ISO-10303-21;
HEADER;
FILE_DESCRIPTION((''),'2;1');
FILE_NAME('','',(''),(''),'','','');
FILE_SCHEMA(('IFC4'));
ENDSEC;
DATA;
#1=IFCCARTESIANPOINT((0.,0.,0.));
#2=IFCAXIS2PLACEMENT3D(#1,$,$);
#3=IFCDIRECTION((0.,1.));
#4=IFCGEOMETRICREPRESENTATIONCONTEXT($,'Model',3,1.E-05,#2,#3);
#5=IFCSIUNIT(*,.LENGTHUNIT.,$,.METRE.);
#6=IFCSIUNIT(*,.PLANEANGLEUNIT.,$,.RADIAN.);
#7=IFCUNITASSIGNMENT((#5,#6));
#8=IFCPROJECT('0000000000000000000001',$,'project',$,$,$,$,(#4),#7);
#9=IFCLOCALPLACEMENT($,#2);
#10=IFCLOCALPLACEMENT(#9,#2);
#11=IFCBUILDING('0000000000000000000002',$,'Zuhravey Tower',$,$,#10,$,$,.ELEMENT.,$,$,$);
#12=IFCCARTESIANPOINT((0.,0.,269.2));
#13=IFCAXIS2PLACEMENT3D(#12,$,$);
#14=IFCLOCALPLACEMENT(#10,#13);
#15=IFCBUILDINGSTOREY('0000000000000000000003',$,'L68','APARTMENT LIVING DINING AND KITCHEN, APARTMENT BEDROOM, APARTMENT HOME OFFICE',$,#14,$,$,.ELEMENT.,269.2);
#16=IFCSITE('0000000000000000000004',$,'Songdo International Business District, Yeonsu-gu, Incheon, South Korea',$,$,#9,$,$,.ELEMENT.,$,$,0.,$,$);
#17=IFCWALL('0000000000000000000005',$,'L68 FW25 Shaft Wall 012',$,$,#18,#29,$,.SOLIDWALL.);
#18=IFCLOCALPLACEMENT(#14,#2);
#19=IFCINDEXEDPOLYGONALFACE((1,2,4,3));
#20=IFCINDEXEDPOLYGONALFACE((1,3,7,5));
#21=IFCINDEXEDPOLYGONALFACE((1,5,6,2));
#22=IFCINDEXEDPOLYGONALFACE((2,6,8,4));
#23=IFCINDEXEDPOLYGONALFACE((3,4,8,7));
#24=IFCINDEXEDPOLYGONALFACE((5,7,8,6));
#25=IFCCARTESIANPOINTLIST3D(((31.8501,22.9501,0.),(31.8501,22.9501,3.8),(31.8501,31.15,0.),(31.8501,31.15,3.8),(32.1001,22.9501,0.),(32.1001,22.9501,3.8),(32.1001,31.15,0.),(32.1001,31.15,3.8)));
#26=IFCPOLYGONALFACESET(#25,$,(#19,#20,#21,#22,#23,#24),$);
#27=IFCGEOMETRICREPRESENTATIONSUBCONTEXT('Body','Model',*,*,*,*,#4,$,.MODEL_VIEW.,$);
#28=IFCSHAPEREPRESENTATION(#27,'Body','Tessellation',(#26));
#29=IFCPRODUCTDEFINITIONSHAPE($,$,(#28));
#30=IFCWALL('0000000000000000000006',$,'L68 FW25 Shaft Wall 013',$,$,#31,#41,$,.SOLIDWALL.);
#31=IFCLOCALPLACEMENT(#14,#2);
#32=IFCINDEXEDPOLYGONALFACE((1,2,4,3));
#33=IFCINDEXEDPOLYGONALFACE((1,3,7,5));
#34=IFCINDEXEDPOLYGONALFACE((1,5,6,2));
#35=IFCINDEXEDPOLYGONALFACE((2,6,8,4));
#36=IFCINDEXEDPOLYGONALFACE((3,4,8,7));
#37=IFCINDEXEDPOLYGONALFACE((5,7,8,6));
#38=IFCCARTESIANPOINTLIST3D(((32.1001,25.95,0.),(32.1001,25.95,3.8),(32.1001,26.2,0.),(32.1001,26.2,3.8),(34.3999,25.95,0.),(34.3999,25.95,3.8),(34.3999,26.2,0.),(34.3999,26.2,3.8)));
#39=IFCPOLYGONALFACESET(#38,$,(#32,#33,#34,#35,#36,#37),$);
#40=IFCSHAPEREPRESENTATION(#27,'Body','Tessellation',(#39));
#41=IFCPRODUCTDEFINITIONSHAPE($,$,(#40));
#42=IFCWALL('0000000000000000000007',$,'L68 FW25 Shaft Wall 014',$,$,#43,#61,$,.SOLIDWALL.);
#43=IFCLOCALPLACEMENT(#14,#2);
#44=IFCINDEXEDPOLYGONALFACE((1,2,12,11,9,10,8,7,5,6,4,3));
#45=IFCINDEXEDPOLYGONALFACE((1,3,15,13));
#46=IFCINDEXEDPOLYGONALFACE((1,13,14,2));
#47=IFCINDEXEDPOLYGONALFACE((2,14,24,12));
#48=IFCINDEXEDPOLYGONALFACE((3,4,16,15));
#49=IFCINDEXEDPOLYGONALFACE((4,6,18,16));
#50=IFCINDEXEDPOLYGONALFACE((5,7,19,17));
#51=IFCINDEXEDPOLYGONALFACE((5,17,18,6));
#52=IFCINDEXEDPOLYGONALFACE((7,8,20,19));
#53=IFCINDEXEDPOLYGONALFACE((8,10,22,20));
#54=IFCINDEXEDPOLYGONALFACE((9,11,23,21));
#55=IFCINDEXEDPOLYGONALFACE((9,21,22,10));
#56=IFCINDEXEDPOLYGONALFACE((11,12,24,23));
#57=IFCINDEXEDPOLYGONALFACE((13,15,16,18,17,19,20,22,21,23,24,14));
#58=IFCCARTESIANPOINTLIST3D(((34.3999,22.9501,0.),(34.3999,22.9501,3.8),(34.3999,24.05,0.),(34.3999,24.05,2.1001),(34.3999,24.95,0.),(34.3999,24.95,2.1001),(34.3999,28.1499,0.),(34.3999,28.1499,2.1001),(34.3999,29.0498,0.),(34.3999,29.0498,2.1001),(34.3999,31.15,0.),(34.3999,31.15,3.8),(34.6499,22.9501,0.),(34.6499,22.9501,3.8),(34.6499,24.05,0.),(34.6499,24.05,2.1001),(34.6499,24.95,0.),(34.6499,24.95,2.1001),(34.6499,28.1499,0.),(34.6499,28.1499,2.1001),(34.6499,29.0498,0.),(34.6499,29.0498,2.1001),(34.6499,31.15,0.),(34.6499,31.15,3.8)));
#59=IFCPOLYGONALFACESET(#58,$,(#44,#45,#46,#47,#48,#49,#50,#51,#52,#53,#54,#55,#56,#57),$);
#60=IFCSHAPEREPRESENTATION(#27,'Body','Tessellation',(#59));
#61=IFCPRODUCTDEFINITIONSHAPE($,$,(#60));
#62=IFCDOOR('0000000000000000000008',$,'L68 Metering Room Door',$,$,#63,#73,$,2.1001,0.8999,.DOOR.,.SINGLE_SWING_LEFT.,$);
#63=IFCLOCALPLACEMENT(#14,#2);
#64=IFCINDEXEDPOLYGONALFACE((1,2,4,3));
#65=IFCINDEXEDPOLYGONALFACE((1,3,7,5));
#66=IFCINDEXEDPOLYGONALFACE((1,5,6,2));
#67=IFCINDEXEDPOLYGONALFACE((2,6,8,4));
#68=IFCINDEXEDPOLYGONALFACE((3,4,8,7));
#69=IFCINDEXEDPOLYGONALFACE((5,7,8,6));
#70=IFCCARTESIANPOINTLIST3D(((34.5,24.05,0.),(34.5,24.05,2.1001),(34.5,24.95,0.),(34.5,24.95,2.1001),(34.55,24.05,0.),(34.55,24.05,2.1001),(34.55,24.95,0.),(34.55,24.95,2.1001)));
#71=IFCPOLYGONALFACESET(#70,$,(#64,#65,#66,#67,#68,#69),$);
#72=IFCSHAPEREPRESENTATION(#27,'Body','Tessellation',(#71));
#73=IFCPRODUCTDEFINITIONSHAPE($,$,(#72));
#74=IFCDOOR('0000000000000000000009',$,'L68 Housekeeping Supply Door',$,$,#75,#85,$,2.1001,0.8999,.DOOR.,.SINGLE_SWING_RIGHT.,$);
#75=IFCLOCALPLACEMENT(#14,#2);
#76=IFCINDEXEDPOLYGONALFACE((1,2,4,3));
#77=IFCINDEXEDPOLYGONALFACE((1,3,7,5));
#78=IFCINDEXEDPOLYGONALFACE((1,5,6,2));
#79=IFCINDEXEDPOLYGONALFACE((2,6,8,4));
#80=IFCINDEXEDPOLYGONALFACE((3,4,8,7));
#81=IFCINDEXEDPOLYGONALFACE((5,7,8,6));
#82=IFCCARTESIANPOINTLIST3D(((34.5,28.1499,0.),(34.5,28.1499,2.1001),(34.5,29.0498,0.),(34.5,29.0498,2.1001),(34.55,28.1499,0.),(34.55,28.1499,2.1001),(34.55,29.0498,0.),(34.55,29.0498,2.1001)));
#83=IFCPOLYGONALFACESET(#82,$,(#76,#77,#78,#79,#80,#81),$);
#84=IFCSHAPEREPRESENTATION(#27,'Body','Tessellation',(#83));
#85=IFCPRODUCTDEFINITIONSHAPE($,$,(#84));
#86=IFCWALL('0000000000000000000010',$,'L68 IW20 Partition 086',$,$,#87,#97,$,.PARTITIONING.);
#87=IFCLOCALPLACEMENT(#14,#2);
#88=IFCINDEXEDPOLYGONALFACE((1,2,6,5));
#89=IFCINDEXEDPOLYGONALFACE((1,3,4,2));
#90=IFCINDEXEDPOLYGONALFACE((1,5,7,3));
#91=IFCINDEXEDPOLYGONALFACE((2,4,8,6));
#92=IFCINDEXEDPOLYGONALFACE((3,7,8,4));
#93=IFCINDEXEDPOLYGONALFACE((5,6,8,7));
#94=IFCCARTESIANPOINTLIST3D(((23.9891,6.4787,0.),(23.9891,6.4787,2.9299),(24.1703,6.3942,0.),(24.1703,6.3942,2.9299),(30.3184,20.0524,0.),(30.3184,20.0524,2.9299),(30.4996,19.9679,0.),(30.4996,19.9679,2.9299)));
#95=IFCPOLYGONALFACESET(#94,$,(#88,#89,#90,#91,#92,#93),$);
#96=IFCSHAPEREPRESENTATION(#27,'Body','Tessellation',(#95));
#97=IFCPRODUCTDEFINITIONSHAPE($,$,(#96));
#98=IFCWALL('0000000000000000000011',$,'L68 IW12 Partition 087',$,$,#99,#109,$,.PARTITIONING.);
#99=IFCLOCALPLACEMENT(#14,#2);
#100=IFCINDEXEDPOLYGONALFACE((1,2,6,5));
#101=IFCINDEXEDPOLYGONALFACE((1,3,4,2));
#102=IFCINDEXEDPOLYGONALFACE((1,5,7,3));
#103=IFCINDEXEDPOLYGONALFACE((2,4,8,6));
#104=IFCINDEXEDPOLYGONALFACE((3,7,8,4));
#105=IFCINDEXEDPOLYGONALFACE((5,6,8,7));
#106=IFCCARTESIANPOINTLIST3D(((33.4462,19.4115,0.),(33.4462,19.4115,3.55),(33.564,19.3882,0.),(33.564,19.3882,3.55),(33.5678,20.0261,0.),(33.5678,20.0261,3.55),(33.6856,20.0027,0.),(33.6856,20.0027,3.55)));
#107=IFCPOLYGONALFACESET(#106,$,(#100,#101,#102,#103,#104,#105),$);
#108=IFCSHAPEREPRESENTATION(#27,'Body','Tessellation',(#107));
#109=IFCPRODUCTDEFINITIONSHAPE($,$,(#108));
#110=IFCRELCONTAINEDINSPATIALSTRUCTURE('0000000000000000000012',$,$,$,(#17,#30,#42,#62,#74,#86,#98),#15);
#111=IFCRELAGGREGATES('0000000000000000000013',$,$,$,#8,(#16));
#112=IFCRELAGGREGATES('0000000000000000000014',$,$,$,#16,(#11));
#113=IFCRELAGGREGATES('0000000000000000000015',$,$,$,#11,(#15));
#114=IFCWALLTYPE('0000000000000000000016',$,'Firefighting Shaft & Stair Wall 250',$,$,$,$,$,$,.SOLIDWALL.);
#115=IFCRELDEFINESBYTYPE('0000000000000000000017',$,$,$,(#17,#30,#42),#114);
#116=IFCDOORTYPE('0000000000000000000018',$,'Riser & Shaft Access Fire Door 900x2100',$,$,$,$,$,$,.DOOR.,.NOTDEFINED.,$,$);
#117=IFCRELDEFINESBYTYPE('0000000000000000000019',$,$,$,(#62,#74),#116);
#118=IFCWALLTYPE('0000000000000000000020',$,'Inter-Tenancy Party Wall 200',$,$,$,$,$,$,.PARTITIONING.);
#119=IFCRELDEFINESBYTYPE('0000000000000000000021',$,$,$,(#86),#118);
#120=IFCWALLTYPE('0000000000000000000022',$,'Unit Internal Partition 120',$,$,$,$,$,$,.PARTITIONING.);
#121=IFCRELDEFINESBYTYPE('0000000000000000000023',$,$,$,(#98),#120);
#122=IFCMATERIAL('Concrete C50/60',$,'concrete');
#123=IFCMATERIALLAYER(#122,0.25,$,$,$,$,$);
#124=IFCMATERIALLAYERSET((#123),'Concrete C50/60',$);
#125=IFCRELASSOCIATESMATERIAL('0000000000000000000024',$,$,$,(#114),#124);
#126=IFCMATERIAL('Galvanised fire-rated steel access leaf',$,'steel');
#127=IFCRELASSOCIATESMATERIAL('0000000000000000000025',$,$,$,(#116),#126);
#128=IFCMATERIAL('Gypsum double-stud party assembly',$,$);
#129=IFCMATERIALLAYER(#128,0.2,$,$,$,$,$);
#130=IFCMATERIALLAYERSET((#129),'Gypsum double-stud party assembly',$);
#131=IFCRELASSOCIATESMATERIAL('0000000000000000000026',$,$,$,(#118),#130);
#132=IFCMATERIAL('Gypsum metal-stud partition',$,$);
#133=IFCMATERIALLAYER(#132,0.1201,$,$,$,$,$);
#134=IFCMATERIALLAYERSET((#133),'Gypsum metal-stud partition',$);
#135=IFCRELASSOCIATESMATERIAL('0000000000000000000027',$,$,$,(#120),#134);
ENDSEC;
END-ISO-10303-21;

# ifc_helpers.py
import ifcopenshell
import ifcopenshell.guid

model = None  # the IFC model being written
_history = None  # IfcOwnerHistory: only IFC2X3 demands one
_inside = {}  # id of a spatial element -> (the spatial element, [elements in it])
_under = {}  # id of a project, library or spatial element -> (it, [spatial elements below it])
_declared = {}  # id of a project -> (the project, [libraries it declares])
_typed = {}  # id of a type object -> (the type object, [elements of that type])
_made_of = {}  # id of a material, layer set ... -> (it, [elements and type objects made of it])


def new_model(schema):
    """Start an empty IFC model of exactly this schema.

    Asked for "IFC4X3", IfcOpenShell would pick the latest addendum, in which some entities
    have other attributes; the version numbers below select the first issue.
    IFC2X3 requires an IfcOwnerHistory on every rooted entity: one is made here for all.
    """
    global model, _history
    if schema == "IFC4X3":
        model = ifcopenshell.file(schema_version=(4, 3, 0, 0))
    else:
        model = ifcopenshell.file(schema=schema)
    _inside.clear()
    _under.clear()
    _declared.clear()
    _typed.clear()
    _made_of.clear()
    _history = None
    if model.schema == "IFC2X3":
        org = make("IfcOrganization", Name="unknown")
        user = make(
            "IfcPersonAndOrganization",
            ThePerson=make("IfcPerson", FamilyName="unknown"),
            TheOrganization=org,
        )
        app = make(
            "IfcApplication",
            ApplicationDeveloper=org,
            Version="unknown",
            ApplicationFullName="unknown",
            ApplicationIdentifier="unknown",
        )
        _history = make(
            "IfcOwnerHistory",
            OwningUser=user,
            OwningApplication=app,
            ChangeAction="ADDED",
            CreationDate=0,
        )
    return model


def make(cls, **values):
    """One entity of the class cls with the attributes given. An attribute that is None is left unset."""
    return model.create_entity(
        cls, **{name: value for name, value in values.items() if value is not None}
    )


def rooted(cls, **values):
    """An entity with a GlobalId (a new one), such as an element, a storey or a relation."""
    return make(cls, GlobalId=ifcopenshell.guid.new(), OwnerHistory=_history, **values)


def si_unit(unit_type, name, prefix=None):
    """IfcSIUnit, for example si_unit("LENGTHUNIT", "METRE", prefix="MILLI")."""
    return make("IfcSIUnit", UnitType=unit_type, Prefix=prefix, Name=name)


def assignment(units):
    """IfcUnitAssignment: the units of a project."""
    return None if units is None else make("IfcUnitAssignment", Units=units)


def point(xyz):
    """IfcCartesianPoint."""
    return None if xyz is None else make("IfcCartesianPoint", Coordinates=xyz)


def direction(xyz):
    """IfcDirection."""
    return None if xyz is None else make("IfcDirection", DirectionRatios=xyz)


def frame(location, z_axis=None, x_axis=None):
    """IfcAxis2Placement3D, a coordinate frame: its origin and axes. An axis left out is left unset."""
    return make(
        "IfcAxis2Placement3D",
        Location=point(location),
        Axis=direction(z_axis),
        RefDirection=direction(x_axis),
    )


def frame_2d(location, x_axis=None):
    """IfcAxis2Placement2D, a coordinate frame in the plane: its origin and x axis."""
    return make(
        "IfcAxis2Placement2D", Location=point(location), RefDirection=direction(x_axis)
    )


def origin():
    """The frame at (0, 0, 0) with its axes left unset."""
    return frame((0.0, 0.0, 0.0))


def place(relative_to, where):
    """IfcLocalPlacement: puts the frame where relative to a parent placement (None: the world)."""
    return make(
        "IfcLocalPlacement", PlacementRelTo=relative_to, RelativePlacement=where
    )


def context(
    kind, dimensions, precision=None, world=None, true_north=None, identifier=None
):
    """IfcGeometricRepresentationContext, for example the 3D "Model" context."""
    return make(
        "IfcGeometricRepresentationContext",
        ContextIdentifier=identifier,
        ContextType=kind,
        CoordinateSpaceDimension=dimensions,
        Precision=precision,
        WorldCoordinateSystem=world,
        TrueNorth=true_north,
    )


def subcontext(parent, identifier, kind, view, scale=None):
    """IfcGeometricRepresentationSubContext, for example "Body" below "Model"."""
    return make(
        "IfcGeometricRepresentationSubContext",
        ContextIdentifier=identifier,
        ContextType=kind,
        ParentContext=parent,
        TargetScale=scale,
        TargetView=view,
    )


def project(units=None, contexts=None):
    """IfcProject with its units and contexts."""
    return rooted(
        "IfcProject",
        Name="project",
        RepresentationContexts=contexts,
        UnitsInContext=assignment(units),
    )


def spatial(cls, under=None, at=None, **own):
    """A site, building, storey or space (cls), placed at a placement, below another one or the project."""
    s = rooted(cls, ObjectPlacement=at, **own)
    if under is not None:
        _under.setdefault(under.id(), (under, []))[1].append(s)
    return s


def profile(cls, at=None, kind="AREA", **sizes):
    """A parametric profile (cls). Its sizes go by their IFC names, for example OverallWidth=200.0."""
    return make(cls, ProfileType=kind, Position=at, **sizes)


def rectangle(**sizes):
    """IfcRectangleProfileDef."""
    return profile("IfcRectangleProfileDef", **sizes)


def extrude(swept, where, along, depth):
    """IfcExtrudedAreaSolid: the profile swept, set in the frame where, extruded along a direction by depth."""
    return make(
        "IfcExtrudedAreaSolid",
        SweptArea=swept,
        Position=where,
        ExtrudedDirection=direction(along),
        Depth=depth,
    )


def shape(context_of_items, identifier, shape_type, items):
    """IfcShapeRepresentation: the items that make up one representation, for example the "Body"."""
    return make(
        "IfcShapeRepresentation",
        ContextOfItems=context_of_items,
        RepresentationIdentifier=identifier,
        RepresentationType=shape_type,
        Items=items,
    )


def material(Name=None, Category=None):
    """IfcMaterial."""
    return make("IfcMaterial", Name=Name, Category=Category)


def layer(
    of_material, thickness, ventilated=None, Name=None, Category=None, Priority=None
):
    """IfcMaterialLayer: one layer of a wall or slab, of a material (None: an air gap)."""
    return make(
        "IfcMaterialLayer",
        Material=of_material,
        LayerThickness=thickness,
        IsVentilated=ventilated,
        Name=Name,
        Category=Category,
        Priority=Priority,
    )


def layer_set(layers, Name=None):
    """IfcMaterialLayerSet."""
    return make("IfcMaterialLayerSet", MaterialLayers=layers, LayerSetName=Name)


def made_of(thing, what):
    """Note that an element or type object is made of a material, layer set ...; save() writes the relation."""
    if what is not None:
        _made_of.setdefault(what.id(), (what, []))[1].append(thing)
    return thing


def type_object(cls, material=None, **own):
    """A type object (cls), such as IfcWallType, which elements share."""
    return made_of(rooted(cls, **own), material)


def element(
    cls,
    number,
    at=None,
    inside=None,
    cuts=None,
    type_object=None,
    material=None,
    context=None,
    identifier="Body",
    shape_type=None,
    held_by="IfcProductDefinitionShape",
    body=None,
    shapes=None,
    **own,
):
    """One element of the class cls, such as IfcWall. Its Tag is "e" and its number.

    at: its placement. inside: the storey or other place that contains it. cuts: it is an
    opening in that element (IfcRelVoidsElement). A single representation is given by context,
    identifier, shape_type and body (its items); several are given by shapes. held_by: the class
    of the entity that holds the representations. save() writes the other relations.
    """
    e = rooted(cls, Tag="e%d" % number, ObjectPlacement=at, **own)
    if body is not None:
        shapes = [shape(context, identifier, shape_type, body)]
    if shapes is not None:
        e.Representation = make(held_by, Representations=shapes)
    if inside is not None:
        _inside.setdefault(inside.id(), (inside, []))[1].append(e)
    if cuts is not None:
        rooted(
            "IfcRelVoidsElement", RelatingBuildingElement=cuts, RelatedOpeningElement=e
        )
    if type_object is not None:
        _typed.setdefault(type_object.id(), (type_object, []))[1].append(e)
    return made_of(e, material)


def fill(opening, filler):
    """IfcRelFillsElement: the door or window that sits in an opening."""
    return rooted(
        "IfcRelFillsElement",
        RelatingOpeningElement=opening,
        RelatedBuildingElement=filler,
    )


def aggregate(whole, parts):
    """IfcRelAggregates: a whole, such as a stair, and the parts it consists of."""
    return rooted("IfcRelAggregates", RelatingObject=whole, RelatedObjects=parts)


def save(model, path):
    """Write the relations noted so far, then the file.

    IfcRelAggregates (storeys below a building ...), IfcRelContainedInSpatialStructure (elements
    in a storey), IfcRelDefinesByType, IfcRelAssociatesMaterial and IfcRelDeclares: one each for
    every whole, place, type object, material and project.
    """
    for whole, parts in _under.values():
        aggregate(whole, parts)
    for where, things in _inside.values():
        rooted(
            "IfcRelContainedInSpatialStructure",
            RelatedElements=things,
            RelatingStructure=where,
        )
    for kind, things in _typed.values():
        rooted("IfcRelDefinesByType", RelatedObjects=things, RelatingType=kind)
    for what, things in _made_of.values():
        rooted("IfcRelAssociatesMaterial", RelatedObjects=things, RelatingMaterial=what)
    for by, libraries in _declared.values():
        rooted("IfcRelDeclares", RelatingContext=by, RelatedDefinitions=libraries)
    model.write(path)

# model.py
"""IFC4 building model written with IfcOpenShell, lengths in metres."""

from ifc_helpers import new_model, si_unit, direction, frame, frame_2d, origin, place, context, subcontext, project, spatial, rectangle, extrude, material, layer, layer_set, type_object, element, fill, save


model = new_model("IFC4")

# Units and contexts
model_context = context("Model", 3, precision=1e-05, world=origin(), true_north=direction((0.0, 1.0)))
body_context = subcontext(model_context, "Body", "Model", "MODEL_VIEW")
ifc_project = project(units=[si_unit("LENGTHUNIT", "METRE"), si_unit("PLANEANGLEUNIT", "RADIAN")], contexts=[model_context])

# Site, building, storey
site_placement = place(None, origin())
site = spatial("IfcSite", under=ifc_project, at=site_placement, Name="Songdo International Business District, Yeonsu-gu, Incheon, South Korea", CompositionType="ELEMENT", RefElevation=0.0)
building_placement = place(site_placement, origin())
building = spatial("IfcBuilding", under=site, at=building_placement, Name="Zuhravey Tower", CompositionType="ELEMENT")
storey_placement = place(building_placement, frame((0.0, 0.0, 269.2)))
storey = spatial("IfcBuildingStorey", under=building, at=storey_placement, Name="L68", Description="APARTMENT LIVING DINING AND KITCHEN, APARTMENT BEDROOM, APARTMENT HOME OFFICE", CompositionType="ELEMENT", Elevation=269.2)

# Shared definitions
ifc_material_1 = material(Name="Concrete C50/60", Category="concrete")
ifc_layer_1 = layer(ifc_material_1, 0.25)
ifc_layer_set_1 = layer_set([ifc_layer_1], Name="Concrete C50/60")
wall_type_1 = type_object("IfcWallType", Name="Firefighting Shaft & Stair Wall 250", PredefinedType="SOLIDWALL", material=ifc_layer_set_1)

# Shared definitions
ifc_material_2 = material(Name="Galvanised fire-rated steel access leaf", Category="steel")
door_type_1 = type_object("IfcDoorType", Name="Riser & Shaft Access Fire Door 900x2100", OperationType="NOTDEFINED", PredefinedType="DOOR", material=ifc_material_2)

# Walls
wall_1_placement = place(storey_placement, frame((31.9751, 22.95, 0.0), z_axis=(0.0, 0.0, 1.0), x_axis=(0.0, 1.0, 0.0)))
element("IfcWall", 1, at=wall_1_placement, inside=storey, type_object=wall_type_1, Name="L68 FW25 Shaft Wall 012", PredefinedType="SOLIDWALL", context=body_context, shape_type="SweptSolid", body=[
    extrude(rectangle(XDim=8.2, YDim=0.25, at=frame_2d((4.1001, 0.0))), origin(), (0.0, 0.0, 1.0), 3.8),
])
wall_2_placement = place(storey_placement, frame((32.1001, 26.075, 0.0), z_axis=(0.0, 0.0, 1.0), x_axis=(1.0, 0.0, 0.0)))
element("IfcWall", 2, at=wall_2_placement, inside=storey, type_object=wall_type_1, Name="L68 FW25 Shaft Wall 013", PredefinedType="SOLIDWALL", context=body_context, shape_type="SweptSolid", body=[
    extrude(rectangle(XDim=2.2998, YDim=0.25, at=frame_2d((1.1499, 0.0))), origin(), (0.0, 0.0, 1.0), 3.8),
])

# Wall, openings, doors
wall_3_placement = place(storey_placement, frame((34.5249, 22.95, 0.0), z_axis=(0.0, 0.0, 1.0), x_axis=(0.0, 1.0, 0.0)))
wall_3 = element("IfcWall", 3, at=wall_3_placement, inside=storey, type_object=wall_type_1, Name="L68 FW25 Shaft Wall 014", PredefinedType="SOLIDWALL", context=body_context, shape_type="SweptSolid", body=[
    extrude(rectangle(XDim=8.2, YDim=0.25, at=frame_2d((4.1001, 0.0))), origin(), (0.0, 0.0, 1.0), 3.8),
])
opening_1_placement = place(wall_3_placement, frame((1.1001, 0.0, 0.0)))
opening_1 = element("IfcOpeningElement", 4, at=opening_1_placement, cuts=wall_3, PredefinedType="OPENING", context=body_context, shape_type="SweptSolid", body=[
    extrude(rectangle(XDim=0.8999, YDim=2.1001, at=frame_2d((0.45, 1.05))), frame((0.0, 0.137, 0.0), z_axis=(0.0, -1.0, 0.0), x_axis=(1.0, 0.0, 0.0)), (0.0, 0.0, 1.0), 0.2739),
])
opening_2_placement = place(wall_3_placement, frame((5.2, 0.0, 0.0)))
opening_2 = element("IfcOpeningElement", 5, at=opening_2_placement, cuts=wall_3, PredefinedType="OPENING", context=body_context, shape_type="SweptSolid", body=[
    extrude(rectangle(XDim=0.8999, YDim=2.1001, at=frame_2d((0.45, 1.05))), frame((0.0, 0.137, 0.0), z_axis=(0.0, -1.0, 0.0), x_axis=(1.0, 0.0, 0.0)), (0.0, 0.0, 1.0), 0.2739),
])
door_1_placement = place(opening_1_placement, origin())
door_1 = element("IfcDoor", 6, at=door_1_placement, inside=storey, type_object=door_type_1, Name="L68 Metering Room Door", OperationType="SINGLE_SWING_LEFT", OverallHeight=2.1001, OverallWidth=0.8999, PredefinedType="DOOR", context=body_context, shape_type="SweptSolid", body=[
    extrude(rectangle(XDim=0.8999, YDim=2.1001, at=frame_2d((0.45, 1.05))), frame((0.0, 0.0249, 0.0), z_axis=(0.0, -1.0, 0.0), x_axis=(1.0, 0.0, 0.0)), (0.0, 0.0, 1.0), 0.05),
])
fill(opening_1, door_1)
door_2_placement = place(opening_2_placement, origin())
door_2 = element("IfcDoor", 7, at=door_2_placement, inside=storey, type_object=door_type_1, Name="L68 Housekeeping Supply Door", OperationType="SINGLE_SWING_RIGHT", OverallHeight=2.1001, OverallWidth=0.8999, PredefinedType="DOOR", context=body_context, shape_type="SweptSolid", body=[
    extrude(rectangle(XDim=0.8999, YDim=2.1001, at=frame_2d((0.45, 1.05))), frame((0.0, 0.0249, 0.0), z_axis=(0.0, -1.0, 0.0), x_axis=(1.0, 0.0, 0.0)), (0.0, 0.0, 1.0), 0.05),
])
fill(opening_2, door_2)

# Walls
ifc_material_3 = material(Name="Gypsum double-stud party assembly")
ifc_layer_2 = layer(ifc_material_3, 0.2)
ifc_layer_set_2 = layer_set([ifc_layer_2], Name="Gypsum double-stud party assembly")
wall_type_2 = type_object("IfcWallType", Name="Inter-Tenancy Party Wall 200", PredefinedType="PARTITIONING", material=ifc_layer_set_2)
wall_4_placement = place(storey_placement, frame((30.4089, 20.01, 0.0), z_axis=(0.0, 0.0, 1.0), x_axis=(-0.422608, -0.906313, 0.0)))
element("IfcWall", 8, at=wall_4_placement, inside=storey, type_object=wall_type_2, Name="L68 IW20 Partition 086", PredefinedType="PARTITIONING", context=body_context, shape_type="SweptSolid", body=[
    extrude(rectangle(XDim=14.9768, YDim=0.2, at=frame_2d((7.4883, 0.0))), origin(), (0.0, 0.0, 1.0), 2.9299),
])
ifc_material_4 = material(Name="Gypsum metal-stud partition")
ifc_layer_3 = layer(ifc_material_4, 0.1201)
ifc_layer_set_3 = layer_set([ifc_layer_3], Name="Gypsum metal-stud partition")
wall_type_3 = type_object("IfcWallType", Name="Unit Internal Partition 120", PredefinedType="PARTITIONING", material=ifc_layer_set_3)
wall_5_placement = place(storey_placement, frame((33.6267, 20.0144, 0.0), z_axis=(0.0, 0.0, 1.0), x_axis=(-0.194092, -0.980983, 0.0)))
element("IfcWall", 9, at=wall_5_placement, inside=storey, type_object=wall_type_3, Name="L68 IW12 Partition 087", PredefinedType="PARTITIONING", context=body_context, shape_type="SweptSolid", body=[
    extrude(rectangle(XDim=0.6265, YDim=0.1201, at=frame_2d((0.3132, 0.0))), origin(), (0.0, 0.0, 1.0), 3.55),
])

save(model, "model.ifc")
